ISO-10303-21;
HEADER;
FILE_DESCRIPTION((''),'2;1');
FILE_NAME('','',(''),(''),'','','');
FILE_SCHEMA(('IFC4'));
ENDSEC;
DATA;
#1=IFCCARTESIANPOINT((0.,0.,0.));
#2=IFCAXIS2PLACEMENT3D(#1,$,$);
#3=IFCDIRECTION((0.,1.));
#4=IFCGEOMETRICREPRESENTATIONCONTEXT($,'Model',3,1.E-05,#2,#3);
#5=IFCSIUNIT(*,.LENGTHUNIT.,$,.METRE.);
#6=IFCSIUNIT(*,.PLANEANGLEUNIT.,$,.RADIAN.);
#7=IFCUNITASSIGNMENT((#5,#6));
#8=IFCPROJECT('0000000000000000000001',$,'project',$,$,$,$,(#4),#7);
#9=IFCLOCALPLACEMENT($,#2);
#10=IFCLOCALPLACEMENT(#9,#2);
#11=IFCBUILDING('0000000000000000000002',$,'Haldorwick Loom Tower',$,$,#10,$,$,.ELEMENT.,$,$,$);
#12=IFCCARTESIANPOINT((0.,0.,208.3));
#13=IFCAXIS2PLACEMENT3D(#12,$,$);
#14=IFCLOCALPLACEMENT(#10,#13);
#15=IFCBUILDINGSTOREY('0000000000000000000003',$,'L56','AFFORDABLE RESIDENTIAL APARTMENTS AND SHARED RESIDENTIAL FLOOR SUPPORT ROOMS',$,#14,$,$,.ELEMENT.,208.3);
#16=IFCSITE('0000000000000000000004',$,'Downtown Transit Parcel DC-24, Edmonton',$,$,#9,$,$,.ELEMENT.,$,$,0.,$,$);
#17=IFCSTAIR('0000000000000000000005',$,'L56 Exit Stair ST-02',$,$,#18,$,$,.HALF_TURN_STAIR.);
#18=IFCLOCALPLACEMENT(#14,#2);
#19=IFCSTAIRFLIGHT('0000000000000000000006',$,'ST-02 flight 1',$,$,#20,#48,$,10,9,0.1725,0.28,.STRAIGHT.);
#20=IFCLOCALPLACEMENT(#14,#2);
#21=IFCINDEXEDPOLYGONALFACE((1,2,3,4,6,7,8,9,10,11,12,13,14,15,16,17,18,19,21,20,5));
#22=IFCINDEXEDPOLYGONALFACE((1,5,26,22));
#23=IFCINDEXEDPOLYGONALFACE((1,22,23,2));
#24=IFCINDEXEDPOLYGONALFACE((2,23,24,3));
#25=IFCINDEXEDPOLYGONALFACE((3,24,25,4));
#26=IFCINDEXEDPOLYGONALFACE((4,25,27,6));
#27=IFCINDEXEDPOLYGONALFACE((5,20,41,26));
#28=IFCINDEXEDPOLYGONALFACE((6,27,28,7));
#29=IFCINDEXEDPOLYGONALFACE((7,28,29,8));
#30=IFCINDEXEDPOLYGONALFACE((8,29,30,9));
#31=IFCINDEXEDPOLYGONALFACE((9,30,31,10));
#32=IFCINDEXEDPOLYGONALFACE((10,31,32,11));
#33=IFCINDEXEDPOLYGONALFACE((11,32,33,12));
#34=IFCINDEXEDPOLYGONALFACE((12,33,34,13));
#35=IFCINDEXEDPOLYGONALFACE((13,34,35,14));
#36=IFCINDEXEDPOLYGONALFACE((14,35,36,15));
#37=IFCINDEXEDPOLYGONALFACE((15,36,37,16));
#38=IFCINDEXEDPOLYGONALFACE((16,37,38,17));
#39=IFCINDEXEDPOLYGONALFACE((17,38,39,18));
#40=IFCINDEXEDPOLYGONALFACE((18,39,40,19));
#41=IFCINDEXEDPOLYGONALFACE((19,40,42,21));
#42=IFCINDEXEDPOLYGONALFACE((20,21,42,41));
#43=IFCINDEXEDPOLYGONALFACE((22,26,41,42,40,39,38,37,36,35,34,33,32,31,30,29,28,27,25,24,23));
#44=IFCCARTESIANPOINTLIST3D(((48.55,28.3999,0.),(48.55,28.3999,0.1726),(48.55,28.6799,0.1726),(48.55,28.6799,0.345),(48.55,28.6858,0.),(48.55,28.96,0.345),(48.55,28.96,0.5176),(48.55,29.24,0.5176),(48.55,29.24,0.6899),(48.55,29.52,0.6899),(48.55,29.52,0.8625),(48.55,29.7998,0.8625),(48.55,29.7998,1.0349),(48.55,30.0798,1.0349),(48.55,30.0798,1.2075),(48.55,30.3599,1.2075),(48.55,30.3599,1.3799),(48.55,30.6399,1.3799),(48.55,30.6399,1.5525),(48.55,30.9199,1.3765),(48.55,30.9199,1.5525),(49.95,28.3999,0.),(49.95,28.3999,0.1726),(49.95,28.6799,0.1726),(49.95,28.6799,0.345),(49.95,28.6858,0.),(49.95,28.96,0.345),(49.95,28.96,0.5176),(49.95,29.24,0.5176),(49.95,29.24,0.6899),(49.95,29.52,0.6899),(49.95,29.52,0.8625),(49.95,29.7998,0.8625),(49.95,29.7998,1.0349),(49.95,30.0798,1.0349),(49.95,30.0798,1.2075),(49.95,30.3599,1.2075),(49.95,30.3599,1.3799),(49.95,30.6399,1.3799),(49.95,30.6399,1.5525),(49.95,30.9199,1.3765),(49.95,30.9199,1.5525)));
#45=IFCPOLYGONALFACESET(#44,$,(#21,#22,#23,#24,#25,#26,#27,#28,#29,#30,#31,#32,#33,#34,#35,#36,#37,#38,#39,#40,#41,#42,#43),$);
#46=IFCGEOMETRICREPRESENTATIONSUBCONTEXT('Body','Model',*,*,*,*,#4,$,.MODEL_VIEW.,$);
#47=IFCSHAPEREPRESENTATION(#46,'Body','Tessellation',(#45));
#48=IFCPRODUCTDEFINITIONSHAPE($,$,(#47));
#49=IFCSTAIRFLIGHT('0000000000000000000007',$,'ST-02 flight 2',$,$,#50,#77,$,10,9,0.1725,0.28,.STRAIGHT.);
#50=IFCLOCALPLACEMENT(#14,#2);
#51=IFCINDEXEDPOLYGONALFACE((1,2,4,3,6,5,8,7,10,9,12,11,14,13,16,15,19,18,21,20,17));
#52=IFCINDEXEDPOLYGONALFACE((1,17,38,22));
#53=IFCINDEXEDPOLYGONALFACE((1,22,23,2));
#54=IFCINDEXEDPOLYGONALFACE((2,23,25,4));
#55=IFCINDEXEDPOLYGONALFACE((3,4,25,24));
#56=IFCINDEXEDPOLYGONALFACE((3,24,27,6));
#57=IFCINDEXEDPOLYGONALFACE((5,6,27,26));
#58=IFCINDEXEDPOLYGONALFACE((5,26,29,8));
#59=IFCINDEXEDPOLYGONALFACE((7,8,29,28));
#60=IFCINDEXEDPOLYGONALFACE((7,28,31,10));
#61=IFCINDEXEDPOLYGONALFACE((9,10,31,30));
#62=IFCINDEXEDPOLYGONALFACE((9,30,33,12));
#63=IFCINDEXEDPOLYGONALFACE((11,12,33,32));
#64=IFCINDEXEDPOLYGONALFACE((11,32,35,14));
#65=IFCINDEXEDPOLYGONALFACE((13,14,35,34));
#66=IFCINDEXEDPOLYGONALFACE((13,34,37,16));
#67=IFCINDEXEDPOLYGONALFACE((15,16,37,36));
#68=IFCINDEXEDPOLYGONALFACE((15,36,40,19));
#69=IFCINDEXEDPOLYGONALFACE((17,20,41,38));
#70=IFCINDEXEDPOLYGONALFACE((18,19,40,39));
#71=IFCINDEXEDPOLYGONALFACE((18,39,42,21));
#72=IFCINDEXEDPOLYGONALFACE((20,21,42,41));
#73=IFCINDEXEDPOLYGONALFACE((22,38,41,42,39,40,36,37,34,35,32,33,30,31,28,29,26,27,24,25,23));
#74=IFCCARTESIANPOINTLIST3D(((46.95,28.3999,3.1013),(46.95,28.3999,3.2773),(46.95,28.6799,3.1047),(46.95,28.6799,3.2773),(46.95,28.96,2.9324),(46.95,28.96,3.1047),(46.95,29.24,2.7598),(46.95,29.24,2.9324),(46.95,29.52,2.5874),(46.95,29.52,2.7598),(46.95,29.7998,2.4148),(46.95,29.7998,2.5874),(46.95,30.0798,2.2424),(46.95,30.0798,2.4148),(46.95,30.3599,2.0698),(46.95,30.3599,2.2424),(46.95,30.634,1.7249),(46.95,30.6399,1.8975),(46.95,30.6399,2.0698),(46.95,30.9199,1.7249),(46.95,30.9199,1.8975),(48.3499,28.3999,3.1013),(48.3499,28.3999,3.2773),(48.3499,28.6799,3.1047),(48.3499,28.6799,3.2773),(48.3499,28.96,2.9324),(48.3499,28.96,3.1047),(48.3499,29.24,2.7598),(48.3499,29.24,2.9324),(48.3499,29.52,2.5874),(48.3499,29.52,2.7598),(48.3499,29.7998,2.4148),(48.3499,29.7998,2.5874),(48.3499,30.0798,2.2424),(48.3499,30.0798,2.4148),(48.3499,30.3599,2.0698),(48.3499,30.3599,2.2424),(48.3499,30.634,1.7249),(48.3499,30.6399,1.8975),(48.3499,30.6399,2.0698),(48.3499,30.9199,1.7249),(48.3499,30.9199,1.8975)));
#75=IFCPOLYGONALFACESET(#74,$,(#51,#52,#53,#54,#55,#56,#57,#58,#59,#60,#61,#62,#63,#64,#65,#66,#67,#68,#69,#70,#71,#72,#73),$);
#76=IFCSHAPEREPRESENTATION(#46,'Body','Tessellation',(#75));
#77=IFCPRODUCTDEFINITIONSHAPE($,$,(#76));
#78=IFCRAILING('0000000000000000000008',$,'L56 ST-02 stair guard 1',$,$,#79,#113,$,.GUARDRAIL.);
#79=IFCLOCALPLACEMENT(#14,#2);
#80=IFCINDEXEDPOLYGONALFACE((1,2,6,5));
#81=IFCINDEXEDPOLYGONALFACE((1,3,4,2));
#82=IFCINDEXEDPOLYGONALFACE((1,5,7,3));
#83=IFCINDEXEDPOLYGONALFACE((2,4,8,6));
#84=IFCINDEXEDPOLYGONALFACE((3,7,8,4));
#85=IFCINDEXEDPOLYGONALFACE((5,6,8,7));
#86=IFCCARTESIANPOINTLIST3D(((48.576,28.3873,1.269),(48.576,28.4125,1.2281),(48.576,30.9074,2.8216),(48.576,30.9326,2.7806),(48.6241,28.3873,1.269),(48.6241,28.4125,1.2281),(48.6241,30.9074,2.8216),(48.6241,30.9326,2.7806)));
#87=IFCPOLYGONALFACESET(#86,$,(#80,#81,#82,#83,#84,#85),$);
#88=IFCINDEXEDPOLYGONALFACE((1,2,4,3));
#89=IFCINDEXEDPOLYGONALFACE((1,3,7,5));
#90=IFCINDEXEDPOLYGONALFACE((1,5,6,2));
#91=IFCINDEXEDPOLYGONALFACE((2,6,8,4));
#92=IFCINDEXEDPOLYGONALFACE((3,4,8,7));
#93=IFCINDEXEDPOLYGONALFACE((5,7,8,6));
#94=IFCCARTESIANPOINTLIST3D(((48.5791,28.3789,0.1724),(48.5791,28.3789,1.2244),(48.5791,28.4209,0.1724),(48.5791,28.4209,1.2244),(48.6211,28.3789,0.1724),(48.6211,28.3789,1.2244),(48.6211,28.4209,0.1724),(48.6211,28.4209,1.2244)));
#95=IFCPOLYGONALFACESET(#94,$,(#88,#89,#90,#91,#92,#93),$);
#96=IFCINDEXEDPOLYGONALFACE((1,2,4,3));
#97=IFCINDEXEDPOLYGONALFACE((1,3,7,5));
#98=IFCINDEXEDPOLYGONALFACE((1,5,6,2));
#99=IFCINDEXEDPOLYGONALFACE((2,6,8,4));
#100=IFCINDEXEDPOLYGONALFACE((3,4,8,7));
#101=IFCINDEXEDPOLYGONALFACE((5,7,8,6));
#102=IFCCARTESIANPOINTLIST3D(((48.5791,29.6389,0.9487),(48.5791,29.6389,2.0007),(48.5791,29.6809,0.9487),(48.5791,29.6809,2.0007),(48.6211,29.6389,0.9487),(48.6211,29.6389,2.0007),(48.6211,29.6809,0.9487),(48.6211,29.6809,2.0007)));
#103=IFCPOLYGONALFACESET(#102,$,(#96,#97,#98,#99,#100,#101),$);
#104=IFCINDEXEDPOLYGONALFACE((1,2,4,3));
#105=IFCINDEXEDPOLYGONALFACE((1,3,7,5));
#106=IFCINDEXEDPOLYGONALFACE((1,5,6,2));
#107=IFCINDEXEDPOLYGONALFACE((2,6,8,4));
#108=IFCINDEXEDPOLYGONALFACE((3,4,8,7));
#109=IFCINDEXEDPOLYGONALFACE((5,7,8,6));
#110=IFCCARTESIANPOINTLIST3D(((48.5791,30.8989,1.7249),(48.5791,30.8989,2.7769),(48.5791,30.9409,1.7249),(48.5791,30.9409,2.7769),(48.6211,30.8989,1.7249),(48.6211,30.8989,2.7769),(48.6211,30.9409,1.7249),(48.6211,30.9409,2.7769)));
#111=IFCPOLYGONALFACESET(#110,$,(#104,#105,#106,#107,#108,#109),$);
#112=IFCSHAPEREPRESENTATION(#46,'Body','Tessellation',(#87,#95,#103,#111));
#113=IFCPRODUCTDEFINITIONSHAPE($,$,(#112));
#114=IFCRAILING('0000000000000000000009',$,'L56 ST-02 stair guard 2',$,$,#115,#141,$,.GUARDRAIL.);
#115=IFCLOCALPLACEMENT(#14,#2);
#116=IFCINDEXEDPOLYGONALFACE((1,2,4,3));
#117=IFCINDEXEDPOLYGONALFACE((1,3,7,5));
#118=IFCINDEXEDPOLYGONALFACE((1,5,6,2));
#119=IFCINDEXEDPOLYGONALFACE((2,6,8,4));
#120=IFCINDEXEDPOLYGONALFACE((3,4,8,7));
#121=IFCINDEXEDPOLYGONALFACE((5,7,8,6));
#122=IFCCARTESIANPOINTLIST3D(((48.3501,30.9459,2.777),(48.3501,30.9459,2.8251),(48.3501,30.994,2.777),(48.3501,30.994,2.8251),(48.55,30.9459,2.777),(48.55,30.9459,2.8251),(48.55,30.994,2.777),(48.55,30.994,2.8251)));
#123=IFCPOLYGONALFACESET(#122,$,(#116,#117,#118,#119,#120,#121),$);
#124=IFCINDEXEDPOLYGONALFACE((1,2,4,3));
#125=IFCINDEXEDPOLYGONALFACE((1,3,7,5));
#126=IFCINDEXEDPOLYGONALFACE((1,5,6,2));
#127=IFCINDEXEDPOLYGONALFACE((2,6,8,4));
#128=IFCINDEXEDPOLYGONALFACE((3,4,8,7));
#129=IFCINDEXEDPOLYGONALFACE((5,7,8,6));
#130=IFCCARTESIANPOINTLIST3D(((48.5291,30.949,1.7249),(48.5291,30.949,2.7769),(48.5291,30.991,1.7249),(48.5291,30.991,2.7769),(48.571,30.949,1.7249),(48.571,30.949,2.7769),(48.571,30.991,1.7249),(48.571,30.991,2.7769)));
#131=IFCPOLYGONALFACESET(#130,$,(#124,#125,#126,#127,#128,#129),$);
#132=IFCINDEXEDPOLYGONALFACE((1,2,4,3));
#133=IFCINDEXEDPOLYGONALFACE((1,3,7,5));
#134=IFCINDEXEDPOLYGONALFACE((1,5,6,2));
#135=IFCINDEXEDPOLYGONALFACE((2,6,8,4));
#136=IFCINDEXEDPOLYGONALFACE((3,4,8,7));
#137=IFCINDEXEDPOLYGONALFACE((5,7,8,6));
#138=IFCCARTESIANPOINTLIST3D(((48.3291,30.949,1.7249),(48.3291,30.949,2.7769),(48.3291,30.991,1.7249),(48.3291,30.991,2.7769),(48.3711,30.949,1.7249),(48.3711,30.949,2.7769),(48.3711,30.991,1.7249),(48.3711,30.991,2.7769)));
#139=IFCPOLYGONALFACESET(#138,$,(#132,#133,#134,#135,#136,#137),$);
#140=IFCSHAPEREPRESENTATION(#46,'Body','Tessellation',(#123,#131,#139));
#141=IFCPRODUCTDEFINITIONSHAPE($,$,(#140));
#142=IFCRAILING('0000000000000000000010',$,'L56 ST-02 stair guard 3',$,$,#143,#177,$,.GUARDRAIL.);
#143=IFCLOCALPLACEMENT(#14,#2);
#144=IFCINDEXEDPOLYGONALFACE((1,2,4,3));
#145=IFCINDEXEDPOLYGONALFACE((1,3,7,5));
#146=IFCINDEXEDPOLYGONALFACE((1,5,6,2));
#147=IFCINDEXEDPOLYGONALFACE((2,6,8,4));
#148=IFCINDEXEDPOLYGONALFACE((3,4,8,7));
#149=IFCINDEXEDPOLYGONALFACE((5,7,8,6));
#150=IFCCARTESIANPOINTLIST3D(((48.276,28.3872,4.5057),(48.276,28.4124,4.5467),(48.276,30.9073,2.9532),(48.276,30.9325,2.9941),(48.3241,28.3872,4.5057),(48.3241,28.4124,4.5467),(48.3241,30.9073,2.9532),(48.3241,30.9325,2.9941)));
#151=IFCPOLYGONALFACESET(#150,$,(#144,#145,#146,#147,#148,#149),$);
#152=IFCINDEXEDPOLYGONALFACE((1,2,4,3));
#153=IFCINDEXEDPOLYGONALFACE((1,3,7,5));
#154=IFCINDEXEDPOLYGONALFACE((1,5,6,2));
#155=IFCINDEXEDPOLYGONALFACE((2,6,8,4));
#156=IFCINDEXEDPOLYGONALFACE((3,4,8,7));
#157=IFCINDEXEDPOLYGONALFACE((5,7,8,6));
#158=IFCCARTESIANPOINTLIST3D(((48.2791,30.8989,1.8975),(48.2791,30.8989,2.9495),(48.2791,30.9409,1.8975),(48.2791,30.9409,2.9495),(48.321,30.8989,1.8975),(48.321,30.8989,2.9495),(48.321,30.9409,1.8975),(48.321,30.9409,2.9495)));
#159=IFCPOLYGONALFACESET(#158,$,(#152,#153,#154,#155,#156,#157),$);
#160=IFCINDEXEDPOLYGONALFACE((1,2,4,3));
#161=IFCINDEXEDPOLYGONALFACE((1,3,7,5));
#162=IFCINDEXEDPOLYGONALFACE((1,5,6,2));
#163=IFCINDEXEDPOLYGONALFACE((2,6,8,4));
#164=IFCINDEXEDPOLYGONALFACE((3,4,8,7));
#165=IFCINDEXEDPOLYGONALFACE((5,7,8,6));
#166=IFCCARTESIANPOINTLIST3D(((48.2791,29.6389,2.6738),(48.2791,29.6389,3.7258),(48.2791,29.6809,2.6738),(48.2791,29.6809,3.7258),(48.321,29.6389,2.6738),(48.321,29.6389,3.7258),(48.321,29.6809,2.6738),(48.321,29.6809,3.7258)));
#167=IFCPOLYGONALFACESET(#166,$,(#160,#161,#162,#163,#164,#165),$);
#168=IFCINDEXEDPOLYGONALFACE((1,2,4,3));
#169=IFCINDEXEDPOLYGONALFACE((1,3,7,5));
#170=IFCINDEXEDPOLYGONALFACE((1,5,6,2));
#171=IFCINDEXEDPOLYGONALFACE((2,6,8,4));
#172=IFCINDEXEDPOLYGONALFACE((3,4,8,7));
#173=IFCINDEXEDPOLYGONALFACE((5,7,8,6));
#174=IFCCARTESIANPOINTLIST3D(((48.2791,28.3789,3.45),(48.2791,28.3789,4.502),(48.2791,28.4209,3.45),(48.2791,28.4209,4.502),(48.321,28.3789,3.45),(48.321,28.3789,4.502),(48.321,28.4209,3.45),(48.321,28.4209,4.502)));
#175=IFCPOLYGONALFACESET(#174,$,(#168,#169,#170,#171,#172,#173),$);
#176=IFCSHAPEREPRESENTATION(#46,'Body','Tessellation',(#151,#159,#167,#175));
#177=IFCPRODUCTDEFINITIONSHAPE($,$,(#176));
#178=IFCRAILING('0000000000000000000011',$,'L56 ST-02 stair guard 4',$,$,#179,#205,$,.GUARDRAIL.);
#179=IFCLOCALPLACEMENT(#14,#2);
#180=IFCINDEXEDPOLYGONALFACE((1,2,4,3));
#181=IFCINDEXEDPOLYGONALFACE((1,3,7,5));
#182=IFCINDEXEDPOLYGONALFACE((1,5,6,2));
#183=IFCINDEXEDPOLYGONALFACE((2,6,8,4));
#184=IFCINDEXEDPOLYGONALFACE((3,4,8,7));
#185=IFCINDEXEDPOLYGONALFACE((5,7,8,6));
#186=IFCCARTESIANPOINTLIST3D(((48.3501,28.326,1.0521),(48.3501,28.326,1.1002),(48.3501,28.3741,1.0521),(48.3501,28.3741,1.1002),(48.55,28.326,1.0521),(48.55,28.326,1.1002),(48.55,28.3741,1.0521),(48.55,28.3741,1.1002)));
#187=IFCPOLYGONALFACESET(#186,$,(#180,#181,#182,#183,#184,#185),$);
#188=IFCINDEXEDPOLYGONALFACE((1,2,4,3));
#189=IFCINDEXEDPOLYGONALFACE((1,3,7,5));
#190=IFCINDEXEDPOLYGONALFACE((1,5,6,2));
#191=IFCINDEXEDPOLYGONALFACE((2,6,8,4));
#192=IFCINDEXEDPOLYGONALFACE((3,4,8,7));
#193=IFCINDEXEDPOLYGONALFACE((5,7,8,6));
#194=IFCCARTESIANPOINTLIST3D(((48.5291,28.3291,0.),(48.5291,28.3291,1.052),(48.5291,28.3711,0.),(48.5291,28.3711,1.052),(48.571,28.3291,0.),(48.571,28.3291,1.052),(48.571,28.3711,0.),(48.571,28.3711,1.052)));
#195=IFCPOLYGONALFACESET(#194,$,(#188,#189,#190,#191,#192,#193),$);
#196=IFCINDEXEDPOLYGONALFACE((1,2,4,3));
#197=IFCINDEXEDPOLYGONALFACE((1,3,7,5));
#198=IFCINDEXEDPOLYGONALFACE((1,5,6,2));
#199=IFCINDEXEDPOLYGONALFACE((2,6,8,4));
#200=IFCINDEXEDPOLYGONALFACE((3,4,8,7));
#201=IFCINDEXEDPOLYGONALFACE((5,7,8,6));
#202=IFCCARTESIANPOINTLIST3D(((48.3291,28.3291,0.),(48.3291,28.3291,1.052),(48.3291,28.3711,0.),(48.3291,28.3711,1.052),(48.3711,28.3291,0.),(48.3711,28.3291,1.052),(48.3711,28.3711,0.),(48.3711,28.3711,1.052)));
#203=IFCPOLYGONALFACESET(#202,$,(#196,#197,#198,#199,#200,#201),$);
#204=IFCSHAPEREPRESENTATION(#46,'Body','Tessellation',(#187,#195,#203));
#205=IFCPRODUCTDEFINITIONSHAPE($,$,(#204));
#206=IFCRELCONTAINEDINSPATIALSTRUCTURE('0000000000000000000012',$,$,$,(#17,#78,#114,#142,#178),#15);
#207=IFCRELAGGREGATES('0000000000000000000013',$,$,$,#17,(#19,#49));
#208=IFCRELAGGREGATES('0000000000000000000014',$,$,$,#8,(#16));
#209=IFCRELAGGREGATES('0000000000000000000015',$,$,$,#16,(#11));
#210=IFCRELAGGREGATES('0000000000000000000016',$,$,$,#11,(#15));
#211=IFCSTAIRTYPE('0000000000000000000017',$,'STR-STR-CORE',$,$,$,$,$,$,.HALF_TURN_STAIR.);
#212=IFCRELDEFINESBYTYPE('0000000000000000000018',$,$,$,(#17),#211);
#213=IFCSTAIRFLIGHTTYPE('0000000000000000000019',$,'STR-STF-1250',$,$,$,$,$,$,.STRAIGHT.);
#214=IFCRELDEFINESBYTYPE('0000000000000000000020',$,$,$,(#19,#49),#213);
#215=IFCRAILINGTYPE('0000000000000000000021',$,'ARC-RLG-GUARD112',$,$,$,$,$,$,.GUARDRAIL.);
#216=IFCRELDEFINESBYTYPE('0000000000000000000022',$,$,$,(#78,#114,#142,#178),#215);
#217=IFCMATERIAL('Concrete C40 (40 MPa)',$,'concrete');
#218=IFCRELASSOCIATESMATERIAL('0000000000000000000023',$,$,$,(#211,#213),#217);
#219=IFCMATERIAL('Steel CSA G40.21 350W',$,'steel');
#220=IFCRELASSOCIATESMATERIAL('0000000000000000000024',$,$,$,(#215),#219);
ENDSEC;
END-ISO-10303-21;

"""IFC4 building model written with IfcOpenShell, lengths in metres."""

from ifc_helpers import new_model, si_unit, direction, frame, origin, origin_2d, place, context, subcontext, project, spatial, polyline, rectangle, outline, extrude, material, type_object, element, aggregate, save


model = new_model("IFC4")

# Units and contexts
model_context = context("Model", 3, precision=1e-05, world=origin(), true_north=direction((0.0, 1.0)))
body_context = subcontext(model_context, "Body", "Model", "MODEL_VIEW")
ifc_project = project(units=[si_unit("LENGTHUNIT", "METRE"), si_unit("PLANEANGLEUNIT", "RADIAN")], contexts=[model_context])

# Site, building, storey
site_placement = place(None, origin())
site = spatial("IfcSite", under=ifc_project, at=site_placement, Name="Downtown Transit Parcel DC-24, Edmonton", CompositionType="ELEMENT", RefElevation=0.0)
building_placement = place(site_placement, origin())
building = spatial("IfcBuilding", under=site, at=building_placement, Name="Haldorwick Loom Tower", CompositionType="ELEMENT")
storey_placement = place(building_placement, frame((0.0, 0.0, 208.3)))
storey = spatial("IfcBuildingStorey", under=building, at=storey_placement, Name="L56", Description="AFFORDABLE RESIDENTIAL APARTMENTS AND SHARED RESIDENTIAL FLOOR SUPPORT ROOMS", CompositionType="ELEMENT", Elevation=208.3)

# Shared definitions
ifc_material_1 = material(Name="Steel CSA G40.21 350W", Category="steel")

# Stair, stair flights
ifc_material_2 = material(Name="Concrete C40 (40 MPa)", Category="concrete")
stair_type = type_object("IfcStairType", Name="STR-STR-CORE", PredefinedType="HALF_TURN_STAIR", material=ifc_material_2)
stair_placement = place(storey_placement, origin())
stair = element("IfcStair", 1, at=stair_placement, inside=storey, type_object=stair_type, Name="L56 Exit Stair ST-02", PredefinedType="HALF_TURN_STAIR")
stair_flight_type = type_object("IfcStairFlightType", Name="STR-STF-1250", PredefinedType="STRAIGHT", material=ifc_material_2)
stair_flight_1_placement = place(storey_placement, frame((49.25, 28.3999, 0.0), z_axis=(0.0, 0.0, 1.0), x_axis=(0.0, 1.0, 0.0)))
stair_flight_1 = element("IfcStairFlight", 2, at=stair_flight_1_placement, type_object=stair_flight_type, Name="ST-02 flight 1", NumberOfRisers=10, NumberOfTreads=9, PredefinedType="STRAIGHT", RiserHeight=0.1725, TreadLength=0.28, context=body_context, shape_type="SweptSolid", body=[
    extrude(outline(polyline([(0.0, 0.0), (0.0, 0.1726), (0.28, 0.1726), (0.28, 0.345), (0.5601, 0.345), (0.5601, 0.5176), (0.8401, 0.5176), (0.8401, 0.6899), (1.1201, 0.6899), (1.1201, 0.8625), (1.3999, 0.8625), (1.3999, 1.0349), (1.6799, 1.0349), (1.6799, 1.2075), (1.96, 1.2075), (1.96, 1.3799), (2.24, 1.3799), (2.24, 1.5525), (2.52, 1.5525), (2.52, 1.7251), (2.52, 1.3765), (0.2859, 0.0), (0.0, 0.0)])), frame((0.0, 0.7, 0.0), z_axis=(0.0, -1.0, 0.0), x_axis=(1.0, 0.0, 0.0)), (0.0, 0.0, 1.0), 1.3999),
])
stair_flight_2_placement = place(storey_placement, frame((47.6499, 30.9199, 1.7249), z_axis=(0.0, 0.0, 1.0), x_axis=(0.0, -1.0, 0.0)))
stair_flight_2 = element("IfcStairFlight", 3, at=stair_flight_2_placement, type_object=stair_flight_type, Name="ST-02 flight 2", NumberOfRisers=10, NumberOfTreads=9, PredefinedType="STRAIGHT", RiserHeight=0.1725, TreadLength=0.28, context=body_context, shape_type="SweptSolid", body=[
    extrude(outline(polyline([(0.0, 0.0), (0.0, 0.1726), (0.28, 0.1726), (0.28, 0.345), (0.5601, 0.345), (0.5601, 0.5176), (0.8401, 0.5176), (0.8401, 0.6899), (1.1201, 0.6899), (1.1201, 0.8625), (1.3999, 0.8625), (1.3999, 1.0349), (1.6799, 1.0349), (1.6799, 1.2075), (1.96, 1.2075), (1.96, 1.3799), (2.24, 1.3799), (2.24, 1.5525), (2.52, 1.5525), (2.52, 1.7251), (2.52, 1.3765), (0.2859, 0.0), (0.0, 0.0)])), frame((0.0, 0.7, 0.0), z_axis=(0.0, -1.0, 0.0), x_axis=(1.0, 0.0, 0.0)), (0.0, 0.0, 1.0), 1.3999),
])
aggregate(stair, [stair_flight_1, stair_flight_2])

# Railings
railing_type_1 = type_object("IfcRailingType", Name="ARC-RLG-GUARD112", PredefinedType="GUARDRAIL", material=ifc_material_1)
railing_1_placement = place(storey_placement, frame((48.6001, 28.3999, 0.1724)))
element("IfcRailing", 4, at=railing_1_placement, inside=storey, type_object=railing_type_1, Name="L56 ST-02 stair guard 1", PredefinedType="GUARDRAIL", context=body_context, shape_type="SweptSolid", body=[
    extrude(rectangle(XDim=0.0481, YDim=0.0481, at=origin_2d()), frame((0.0, 0.0, 1.0762), z_axis=(0.0, 0.8514, 0.524516), x_axis=(-1.0, 0.0, 0.0)), (0.0, 0.0, 1.0), 2.96),
    extrude(rectangle(XDim=0.042, YDim=0.042, at=origin_2d()), origin(), (0.0, 0.0, 1.0), 1.052),
    extrude(rectangle(XDim=0.042, YDim=0.042, at=origin_2d()), frame((0.0, 1.26, 0.7764)), (0.0, 0.0, 1.0), 1.052),
    extrude(rectangle(XDim=0.042, YDim=0.042, at=origin_2d()), frame((0.0, 2.52, 1.5525)), (0.0, 0.0, 1.0), 1.052),
])
railing_2_placement = place(storey_placement, frame((48.55, 30.97, 1.7249)))
element("IfcRailing", 5, at=railing_2_placement, inside=storey, type_object=railing_type_1, Name="L56 ST-02 stair guard 2", PredefinedType="GUARDRAIL", context=body_context, shape_type="SweptSolid", body=[
    extrude(rectangle(XDim=0.0481, YDim=0.0481, at=origin_2d()), frame((0.0, 0.0, 1.0762), z_axis=(-1.0, 0.0, 0.0), x_axis=(0.0, -1.0, 0.0)), (0.0, 0.0, 1.0), 0.2),
    extrude(rectangle(XDim=0.042, YDim=0.042, at=origin_2d()), origin(), (0.0, 0.0, 1.0), 1.052),
    extrude(rectangle(XDim=0.042, YDim=0.042, at=origin_2d()), frame((-0.2, 0.0, 0.0)), (0.0, 0.0, 1.0), 1.052),
])
railing_3_placement = place(storey_placement, frame((48.3, 30.9199, 1.8975)))
element("IfcRailing", 6, at=railing_3_placement, inside=storey, type_object=railing_type_1, Name="L56 ST-02 stair guard 3", PredefinedType="GUARDRAIL", context=body_context, shape_type="SweptSolid", body=[
    extrude(rectangle(XDim=0.0481, YDim=0.0481, at=origin_2d()), frame((0.0, 0.0, 1.0762), z_axis=(0.0, -0.8514, 0.524516), x_axis=(1.0, 0.0, 0.0)), (0.0, 0.0, 1.0), 2.96),
    extrude(rectangle(XDim=0.042, YDim=0.042, at=origin_2d()), origin(), (0.0, 0.0, 1.0), 1.052),
    extrude(rectangle(XDim=0.042, YDim=0.042, at=origin_2d()), frame((0.0, -1.26, 0.7764)), (0.0, 0.0, 1.0), 1.052),
    extrude(rectangle(XDim=0.042, YDim=0.042, at=origin_2d()), frame((0.0, -2.52, 1.5525)), (0.0, 0.0, 1.0), 1.052),
])
railing_4_placement = place(storey_placement, frame((48.55, 28.3501, 0.0)))
element("IfcRailing", 7, at=railing_4_placement, inside=storey, type_object=railing_type_1, Name="L56 ST-02 stair guard 4", PredefinedType="GUARDRAIL", context=body_context, shape_type="SweptSolid", body=[
    extrude(rectangle(XDim=0.0481, YDim=0.0481, at=origin_2d()), frame((0.0, 0.0, 1.0762), z_axis=(-1.0, 0.0, 0.0), x_axis=(0.0, -1.0, 0.0)), (0.0, 0.0, 1.0), 0.2),
    extrude(rectangle(XDim=0.042, YDim=0.042, at=origin_2d()), origin(), (0.0, 0.0, 1.0), 1.052),
    extrude(rectangle(XDim=0.042, YDim=0.042, at=origin_2d()), frame((-0.2, 0.0, 0.0)), (0.0, 0.0, 1.0), 1.052),
])

save(model, "model.ifc")
